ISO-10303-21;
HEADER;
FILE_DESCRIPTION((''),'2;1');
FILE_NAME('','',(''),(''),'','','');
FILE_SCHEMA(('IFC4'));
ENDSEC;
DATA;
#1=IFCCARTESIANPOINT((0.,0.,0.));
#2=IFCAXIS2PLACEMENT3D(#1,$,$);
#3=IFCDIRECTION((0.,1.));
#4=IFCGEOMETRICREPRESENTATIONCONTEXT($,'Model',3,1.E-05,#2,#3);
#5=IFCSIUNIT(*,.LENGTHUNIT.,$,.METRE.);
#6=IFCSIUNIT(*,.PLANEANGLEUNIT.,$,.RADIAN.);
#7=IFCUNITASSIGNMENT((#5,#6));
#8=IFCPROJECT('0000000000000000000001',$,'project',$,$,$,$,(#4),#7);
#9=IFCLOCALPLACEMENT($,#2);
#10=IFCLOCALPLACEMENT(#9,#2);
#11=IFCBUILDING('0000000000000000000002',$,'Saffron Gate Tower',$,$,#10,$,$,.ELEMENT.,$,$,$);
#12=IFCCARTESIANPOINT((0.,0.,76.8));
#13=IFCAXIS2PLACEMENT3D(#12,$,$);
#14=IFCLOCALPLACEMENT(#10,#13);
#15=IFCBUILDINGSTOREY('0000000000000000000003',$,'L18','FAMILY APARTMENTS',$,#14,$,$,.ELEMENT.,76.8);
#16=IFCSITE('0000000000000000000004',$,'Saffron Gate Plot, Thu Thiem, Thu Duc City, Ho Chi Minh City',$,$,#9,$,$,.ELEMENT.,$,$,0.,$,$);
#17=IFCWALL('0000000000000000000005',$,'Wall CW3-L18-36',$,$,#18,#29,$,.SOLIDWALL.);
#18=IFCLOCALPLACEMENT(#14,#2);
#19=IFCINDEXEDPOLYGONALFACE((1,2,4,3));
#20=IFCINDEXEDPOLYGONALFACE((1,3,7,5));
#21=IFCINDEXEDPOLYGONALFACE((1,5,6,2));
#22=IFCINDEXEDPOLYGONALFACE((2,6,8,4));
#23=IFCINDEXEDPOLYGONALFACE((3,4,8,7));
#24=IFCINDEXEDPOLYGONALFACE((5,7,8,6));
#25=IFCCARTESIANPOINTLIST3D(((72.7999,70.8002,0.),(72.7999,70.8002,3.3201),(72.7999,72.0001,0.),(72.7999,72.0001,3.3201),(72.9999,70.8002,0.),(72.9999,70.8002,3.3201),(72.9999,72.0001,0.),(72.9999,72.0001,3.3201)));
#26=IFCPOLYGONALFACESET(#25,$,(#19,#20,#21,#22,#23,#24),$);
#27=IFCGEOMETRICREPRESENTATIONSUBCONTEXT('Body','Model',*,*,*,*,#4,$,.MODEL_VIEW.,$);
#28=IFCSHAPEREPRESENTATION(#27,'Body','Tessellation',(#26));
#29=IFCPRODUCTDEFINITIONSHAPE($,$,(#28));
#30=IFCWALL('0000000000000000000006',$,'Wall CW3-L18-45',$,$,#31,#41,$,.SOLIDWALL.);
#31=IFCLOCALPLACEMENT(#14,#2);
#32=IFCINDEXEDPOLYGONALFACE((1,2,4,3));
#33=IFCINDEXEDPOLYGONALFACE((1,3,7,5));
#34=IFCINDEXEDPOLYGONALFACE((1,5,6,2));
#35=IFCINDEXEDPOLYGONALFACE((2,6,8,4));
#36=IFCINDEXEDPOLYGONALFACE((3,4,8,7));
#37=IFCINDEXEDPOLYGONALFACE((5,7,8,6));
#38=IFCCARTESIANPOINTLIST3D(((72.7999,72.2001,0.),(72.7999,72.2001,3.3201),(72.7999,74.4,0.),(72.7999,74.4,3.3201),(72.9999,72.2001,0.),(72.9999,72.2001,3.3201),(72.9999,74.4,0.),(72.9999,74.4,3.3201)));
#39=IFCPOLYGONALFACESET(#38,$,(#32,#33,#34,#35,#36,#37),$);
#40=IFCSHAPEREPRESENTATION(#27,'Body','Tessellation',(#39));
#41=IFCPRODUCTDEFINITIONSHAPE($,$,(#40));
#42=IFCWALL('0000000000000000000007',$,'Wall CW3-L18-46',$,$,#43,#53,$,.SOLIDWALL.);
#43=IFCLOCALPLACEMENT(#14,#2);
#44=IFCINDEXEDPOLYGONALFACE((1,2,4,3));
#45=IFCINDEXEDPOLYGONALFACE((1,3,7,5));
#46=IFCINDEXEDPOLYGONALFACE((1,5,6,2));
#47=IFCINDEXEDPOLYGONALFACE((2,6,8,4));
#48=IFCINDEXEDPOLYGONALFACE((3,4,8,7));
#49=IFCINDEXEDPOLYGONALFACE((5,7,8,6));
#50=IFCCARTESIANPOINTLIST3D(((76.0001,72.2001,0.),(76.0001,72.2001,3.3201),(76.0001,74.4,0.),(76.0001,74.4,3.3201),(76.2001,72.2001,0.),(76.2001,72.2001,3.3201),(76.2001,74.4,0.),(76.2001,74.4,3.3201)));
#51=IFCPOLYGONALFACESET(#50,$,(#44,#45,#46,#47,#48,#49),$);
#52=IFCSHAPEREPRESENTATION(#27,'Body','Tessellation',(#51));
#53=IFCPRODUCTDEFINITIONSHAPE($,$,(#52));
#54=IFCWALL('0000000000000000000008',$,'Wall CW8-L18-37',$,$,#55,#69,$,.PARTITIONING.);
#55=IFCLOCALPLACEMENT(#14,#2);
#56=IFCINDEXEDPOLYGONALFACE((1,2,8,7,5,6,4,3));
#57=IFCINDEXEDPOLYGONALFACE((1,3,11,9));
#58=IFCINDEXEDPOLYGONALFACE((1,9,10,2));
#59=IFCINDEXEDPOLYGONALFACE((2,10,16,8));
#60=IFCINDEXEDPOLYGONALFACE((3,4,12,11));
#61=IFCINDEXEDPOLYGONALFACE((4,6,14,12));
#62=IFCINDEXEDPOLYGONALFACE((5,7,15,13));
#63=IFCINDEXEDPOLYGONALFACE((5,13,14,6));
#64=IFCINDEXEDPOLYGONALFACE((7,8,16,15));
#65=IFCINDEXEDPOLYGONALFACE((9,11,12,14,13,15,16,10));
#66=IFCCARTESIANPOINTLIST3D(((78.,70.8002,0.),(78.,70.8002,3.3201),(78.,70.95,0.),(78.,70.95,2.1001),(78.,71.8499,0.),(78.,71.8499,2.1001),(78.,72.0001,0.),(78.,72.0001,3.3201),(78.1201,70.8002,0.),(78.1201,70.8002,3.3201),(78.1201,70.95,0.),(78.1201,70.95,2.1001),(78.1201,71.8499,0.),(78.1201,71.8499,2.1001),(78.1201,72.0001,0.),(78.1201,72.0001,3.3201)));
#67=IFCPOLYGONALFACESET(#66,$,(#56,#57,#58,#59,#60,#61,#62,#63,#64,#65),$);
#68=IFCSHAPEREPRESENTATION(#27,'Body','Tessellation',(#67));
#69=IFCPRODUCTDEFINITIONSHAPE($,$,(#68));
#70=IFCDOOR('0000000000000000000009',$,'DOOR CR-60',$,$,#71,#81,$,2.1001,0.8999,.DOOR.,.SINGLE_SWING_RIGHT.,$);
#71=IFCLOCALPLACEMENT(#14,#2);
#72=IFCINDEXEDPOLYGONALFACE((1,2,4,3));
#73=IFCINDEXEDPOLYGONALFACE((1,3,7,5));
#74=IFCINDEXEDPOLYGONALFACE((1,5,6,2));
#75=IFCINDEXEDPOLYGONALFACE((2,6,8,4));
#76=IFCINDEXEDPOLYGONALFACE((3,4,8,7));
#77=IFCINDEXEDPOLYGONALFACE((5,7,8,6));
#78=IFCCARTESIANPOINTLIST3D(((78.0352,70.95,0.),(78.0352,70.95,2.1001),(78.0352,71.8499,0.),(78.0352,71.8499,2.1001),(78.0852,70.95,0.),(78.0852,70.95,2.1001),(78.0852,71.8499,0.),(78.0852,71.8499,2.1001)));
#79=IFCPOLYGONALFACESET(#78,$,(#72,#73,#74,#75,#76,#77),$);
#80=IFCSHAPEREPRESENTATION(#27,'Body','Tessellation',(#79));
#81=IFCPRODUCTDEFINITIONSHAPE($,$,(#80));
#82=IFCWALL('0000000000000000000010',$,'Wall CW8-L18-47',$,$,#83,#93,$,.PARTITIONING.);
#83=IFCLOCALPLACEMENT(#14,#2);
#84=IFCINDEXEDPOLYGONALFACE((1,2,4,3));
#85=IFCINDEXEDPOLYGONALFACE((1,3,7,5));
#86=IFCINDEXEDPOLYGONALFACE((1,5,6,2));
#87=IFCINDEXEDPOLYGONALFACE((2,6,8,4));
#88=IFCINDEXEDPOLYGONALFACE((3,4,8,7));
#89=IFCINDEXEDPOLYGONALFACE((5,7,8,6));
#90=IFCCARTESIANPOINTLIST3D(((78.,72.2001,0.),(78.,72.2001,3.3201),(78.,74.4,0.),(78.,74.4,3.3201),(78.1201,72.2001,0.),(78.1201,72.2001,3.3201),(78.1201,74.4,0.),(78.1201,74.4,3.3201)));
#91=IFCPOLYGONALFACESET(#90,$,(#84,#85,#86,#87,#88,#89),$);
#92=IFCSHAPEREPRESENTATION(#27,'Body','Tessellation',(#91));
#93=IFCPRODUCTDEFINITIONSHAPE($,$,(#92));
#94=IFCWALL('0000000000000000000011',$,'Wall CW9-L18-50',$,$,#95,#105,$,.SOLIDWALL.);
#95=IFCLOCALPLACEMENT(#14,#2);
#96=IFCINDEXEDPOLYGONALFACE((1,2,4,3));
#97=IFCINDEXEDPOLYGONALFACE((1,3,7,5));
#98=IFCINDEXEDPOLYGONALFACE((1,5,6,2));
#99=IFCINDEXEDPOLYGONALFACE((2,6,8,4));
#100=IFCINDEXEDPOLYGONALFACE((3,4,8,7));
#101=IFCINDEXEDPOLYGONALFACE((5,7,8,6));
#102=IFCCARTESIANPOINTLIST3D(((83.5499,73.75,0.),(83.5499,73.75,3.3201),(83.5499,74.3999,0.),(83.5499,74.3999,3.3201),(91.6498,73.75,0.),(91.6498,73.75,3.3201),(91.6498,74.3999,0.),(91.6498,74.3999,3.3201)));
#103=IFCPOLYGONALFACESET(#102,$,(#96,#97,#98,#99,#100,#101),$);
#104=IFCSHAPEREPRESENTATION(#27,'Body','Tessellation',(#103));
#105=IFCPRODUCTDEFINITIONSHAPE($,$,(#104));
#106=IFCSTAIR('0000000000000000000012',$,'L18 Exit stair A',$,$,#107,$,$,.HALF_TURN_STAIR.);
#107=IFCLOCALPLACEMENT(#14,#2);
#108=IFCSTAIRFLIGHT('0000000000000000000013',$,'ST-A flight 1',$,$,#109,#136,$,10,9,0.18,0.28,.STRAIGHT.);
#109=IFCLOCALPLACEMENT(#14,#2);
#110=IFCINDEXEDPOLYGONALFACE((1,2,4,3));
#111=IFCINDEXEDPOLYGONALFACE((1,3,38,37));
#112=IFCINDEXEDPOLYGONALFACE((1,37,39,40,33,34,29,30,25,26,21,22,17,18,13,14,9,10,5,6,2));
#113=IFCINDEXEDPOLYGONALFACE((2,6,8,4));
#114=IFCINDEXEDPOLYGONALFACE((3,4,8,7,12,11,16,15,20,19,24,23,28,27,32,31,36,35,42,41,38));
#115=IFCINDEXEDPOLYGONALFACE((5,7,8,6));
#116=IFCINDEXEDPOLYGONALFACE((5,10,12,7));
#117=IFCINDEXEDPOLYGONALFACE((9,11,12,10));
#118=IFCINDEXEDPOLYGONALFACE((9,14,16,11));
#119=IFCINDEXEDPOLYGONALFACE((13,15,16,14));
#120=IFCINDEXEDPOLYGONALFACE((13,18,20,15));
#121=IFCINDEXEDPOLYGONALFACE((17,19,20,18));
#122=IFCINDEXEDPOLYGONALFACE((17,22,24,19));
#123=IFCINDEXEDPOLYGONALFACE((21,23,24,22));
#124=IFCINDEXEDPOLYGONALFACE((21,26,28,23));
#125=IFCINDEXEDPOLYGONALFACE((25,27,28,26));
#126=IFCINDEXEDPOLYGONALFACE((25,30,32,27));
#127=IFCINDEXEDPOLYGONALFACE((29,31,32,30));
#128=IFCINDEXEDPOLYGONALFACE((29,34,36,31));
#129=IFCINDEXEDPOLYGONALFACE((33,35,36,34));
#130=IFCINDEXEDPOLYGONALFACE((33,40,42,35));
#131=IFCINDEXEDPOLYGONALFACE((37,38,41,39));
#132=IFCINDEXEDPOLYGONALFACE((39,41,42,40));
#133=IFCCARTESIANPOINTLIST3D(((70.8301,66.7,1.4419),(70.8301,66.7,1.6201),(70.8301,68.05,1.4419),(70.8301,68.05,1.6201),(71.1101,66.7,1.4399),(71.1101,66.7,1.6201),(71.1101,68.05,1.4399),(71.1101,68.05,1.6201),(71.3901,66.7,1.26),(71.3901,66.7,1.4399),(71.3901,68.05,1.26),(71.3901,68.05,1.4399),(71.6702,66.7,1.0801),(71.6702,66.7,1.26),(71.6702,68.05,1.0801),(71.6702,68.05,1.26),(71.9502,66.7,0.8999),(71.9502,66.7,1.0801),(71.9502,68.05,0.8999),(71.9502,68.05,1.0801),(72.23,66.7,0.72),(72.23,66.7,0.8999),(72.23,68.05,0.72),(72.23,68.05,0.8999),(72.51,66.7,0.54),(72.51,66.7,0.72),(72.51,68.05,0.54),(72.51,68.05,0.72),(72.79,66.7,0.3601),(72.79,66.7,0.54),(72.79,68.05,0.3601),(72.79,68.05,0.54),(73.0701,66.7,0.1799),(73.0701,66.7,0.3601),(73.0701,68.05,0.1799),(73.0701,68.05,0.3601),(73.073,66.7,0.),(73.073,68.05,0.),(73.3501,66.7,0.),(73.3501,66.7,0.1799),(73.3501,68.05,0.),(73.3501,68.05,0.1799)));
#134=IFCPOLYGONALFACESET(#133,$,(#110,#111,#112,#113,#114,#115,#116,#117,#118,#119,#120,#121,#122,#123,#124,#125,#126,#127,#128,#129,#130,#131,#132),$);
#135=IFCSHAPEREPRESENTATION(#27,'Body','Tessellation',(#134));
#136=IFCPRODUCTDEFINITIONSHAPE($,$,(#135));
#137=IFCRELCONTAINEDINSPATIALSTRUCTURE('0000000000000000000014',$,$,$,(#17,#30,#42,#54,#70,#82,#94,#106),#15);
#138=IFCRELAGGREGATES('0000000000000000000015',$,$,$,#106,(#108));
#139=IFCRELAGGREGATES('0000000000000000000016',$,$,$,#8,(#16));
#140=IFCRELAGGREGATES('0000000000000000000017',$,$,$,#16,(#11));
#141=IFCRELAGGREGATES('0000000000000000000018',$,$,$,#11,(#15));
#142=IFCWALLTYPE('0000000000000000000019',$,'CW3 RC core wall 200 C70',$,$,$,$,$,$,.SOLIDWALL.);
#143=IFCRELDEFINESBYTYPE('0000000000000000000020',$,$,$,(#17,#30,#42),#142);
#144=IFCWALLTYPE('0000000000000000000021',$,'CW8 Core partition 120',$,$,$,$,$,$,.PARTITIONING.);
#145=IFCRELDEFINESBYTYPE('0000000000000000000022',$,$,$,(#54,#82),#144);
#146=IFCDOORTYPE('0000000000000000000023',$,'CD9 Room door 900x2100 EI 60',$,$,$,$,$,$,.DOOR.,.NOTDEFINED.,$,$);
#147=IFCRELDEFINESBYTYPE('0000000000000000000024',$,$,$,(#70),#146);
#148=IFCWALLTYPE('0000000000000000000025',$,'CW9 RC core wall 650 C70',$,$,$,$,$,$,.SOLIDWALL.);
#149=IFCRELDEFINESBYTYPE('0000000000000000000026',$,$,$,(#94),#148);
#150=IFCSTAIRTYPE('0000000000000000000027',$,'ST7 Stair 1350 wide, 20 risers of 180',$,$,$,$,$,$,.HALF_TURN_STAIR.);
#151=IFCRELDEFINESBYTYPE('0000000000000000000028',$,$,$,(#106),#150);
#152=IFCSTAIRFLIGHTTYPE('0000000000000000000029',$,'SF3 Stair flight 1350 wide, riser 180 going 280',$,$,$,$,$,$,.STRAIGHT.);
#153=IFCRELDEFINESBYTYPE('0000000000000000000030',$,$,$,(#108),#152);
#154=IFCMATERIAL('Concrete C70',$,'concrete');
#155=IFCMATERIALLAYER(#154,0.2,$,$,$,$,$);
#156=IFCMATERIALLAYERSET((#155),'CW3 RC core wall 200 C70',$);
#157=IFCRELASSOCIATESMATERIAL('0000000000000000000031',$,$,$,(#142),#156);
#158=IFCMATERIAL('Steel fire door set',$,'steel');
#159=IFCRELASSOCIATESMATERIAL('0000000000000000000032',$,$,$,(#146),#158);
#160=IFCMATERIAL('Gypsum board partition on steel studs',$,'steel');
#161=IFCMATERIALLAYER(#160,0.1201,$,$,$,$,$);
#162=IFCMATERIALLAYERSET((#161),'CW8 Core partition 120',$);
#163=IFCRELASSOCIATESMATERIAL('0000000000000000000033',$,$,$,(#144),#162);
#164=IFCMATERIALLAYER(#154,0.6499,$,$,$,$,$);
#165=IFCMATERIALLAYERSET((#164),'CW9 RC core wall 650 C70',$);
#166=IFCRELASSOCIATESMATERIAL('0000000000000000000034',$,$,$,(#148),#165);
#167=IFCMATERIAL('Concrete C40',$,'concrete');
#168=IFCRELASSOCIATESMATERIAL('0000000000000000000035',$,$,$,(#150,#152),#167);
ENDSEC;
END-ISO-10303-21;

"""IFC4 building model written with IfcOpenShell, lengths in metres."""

from ifc_helpers import new_model, si_unit, direction, frame, frame_2d, origin, place, context, subcontext, project, spatial, polyline, rectangle, outline, extrude, material, layer, layer_set, type_object, element, fill, aggregate, save


model = new_model("IFC4")

# Units and contexts
model_context = context("Model", 3, precision=1e-05, world=origin(), true_north=direction((0.0, 1.0)))
body_context = subcontext(model_context, "Body", "Model", "MODEL_VIEW")
ifc_project = project(units=[si_unit("LENGTHUNIT", "METRE"), si_unit("PLANEANGLEUNIT", "RADIAN")], contexts=[model_context])

# Site, building, storey
site_placement = place(None, origin())
site = spatial("IfcSite", under=ifc_project, at=site_placement, Name="Saffron Gate Plot, Thu Thiem, Thu Duc City, Ho Chi Minh City", CompositionType="ELEMENT", RefElevation=0.0)
building_placement = place(site_placement, origin())
building = spatial("IfcBuilding", under=site, at=building_placement, Name="Saffron Gate Tower", CompositionType="ELEMENT")
storey_placement = place(building_placement, frame((0.0, 0.0, 76.8)))
storey = spatial("IfcBuildingStorey", under=building, at=storey_placement, Name="L18", Description="FAMILY APARTMENTS", CompositionType="ELEMENT", Elevation=76.8)

# Shared definitions
ifc_material_1 = material(Name="Concrete C70", Category="concrete")

# Shared definitions
ifc_layer_1 = layer(ifc_material_1, 0.2)
ifc_layer_set_1 = layer_set([ifc_layer_1], Name="CW3 RC core wall 200 C70")
wall_type_1 = type_object("IfcWallType", Name="CW3 RC core wall 200 C70", PredefinedType="SOLIDWALL", material=ifc_layer_set_1)
ifc_material_2 = material(Name="Steel fire door set", Category="steel")
door_type_1 = type_object("IfcDoorType", Name="CD9 Room door 900x2100 EI 60", OperationType="NOTDEFINED", PredefinedType="DOOR", material=ifc_material_2)

# Walls
wall_1_placement = place(storey_placement, frame((72.8999, 70.8, 0.0), z_axis=(0.0, 0.0, 1.0), x_axis=(0.0, 1.0, 0.0)))
element("IfcWall", 1, at=wall_1_placement, inside=storey, type_object=wall_type_1, Name="Wall CW3-L18-36", PredefinedType="SOLIDWALL", context=body_context, shape_type="SweptSolid", body=[
    extrude(rectangle(XDim=1.2, YDim=0.2, at=frame_2d((0.6001, 0.0))), origin(), (0.0, 0.0, 1.0), 3.3201),
])
for number, where, z_axis, x_axis, name in (
    (2, (72.8999, 72.2, 0.0), (0.0, 0.0, 1.0), (0.0, 1.0, 0.0), "Wall CW3-L18-45"),
    (3, (76.1001, 72.2, 0.0), (0.0, 0.0, 1.0), (0.0, 1.0, 0.0), "Wall CW3-L18-46"),
):
    element("IfcWall", number, at=place(storey_placement, frame(where, z_axis=z_axis, x_axis=x_axis)), inside=storey, type_object=wall_type_1, Name=name, PredefinedType="SOLIDWALL", context=body_context, shape_type="SweptSolid", body=[
        extrude(rectangle(XDim=2.2, YDim=0.2, at=frame_2d((1.1001, 0.0))), origin(), (0.0, 0.0, 1.0), 3.3201),
    ])

# Wall, opening, door
ifc_material_3 = material(Name="Gypsum board partition on steel studs", Category="steel")
ifc_layer_2 = layer(ifc_material_3, 0.1201)
ifc_layer_set_2 = layer_set([ifc_layer_2], Name="CW8 Core partition 120")
wall_type_2 = type_object("IfcWallType", Name="CW8 Core partition 120", PredefinedType="PARTITIONING", material=ifc_layer_set_2)
wall_2_placement = place(storey_placement, frame((78.0601, 70.8, 0.0), z_axis=(0.0, 0.0, 1.0), x_axis=(0.0, 1.0, 0.0)))
wall_2 = element("IfcWall", 4, at=wall_2_placement, inside=storey, type_object=wall_type_2, Name="Wall CW8-L18-37", PredefinedType="PARTITIONING", context=body_context, shape_type="SweptSolid", body=[
    extrude(rectangle(XDim=1.2, YDim=0.1201, at=frame_2d((0.6001, 0.0))), origin(), (0.0, 0.0, 1.0), 3.3201),
])
opening_1_placement = place(wall_2_placement, frame((0.1499, 0.0, 0.0)))
opening_1 = element("IfcOpeningElement", 5, at=opening_1_placement, cuts=wall_2, PredefinedType="OPENING", context=body_context, shape_type="SweptSolid", body=[
    extrude(rectangle(XDim=0.8999, YDim=2.1001, at=frame_2d((0.45, 1.05))), frame((0.0, 0.0701, 0.0), z_axis=(0.0, -1.0, 0.0), x_axis=(1.0, 0.0, 0.0)), (0.0, 0.0, 1.0), 0.1401),
])
door_1_placement = place(opening_1_placement, origin())
door_1 = element("IfcDoor", 6, at=door_1_placement, inside=storey, type_object=door_type_1, Name="DOOR CR-60", OperationType="SINGLE_SWING_RIGHT", OverallHeight=2.1001, OverallWidth=0.8999, PredefinedType="DOOR", context=body_context, shape_type="SweptSolid", body=[
    extrude(rectangle(XDim=0.8999, YDim=2.1001, at=frame_2d((0.45, 1.05))), frame((0.0, 0.0249, 0.0), z_axis=(0.0, -1.0, 0.0), x_axis=(1.0, 0.0, 0.0)), (0.0, 0.0, 1.0), 0.05),
])
fill(opening_1, door_1)

# Walls
wall_3_placement = place(storey_placement, frame((78.0601, 72.2, 0.0), z_axis=(0.0, 0.0, 1.0), x_axis=(0.0, 1.0, 0.0)))
element("IfcWall", 7, at=wall_3_placement, inside=storey, type_object=wall_type_2, Name="Wall CW8-L18-47", PredefinedType="PARTITIONING", context=body_context, shape_type="SweptSolid", body=[
    extrude(rectangle(XDim=2.2, YDim=0.1201, at=frame_2d((1.1001, 0.0))), origin(), (0.0, 0.0, 1.0), 3.3201),
])
ifc_layer_3 = layer(ifc_material_1, 0.6499)
ifc_layer_set_3 = layer_set([ifc_layer_3], Name="CW9 RC core wall 650 C70")
wall_type_3 = type_object("IfcWallType", Name="CW9 RC core wall 650 C70", PredefinedType="SOLIDWALL", material=ifc_layer_set_3)
wall_4_placement = place(storey_placement, frame((83.55, 74.075, 0.0), z_axis=(0.0, 0.0, 1.0), x_axis=(1.0, 0.0, 0.0)))
element("IfcWall", 8, at=wall_4_placement, inside=storey, type_object=wall_type_3, Name="Wall CW9-L18-50", PredefinedType="SOLIDWALL", context=body_context, shape_type="SweptSolid", body=[
    extrude(rectangle(XDim=8.0999, YDim=0.6499, at=frame_2d((4.0498, 0.0))), origin(), (0.0, 0.0, 1.0), 3.3201),
])

# Stair, stair flight
ifc_material_4 = material(Name="Concrete C40", Category="concrete")
stair_type = type_object("IfcStairType", Name="ST7 Stair 1350 wide, 20 risers of 180", PredefinedType="HALF_TURN_STAIR", material=ifc_material_4)
stair_placement = place(storey_placement, origin())
stair = element("IfcStair", 9, at=stair_placement, inside=storey, type_object=stair_type, Name="L18 Exit stair A", PredefinedType="HALF_TURN_STAIR")
stair_flight_type = type_object("IfcStairFlightType", Name="SF3 Stair flight 1350 wide, riser 180 going 280", PredefinedType="STRAIGHT", material=ifc_material_4)
stair_flight_placement = place(storey_placement, frame((73.3501, 67.375, 0.0), z_axis=(0.0, 0.0, 1.0), x_axis=(-1.0, 0.0, 0.0)))
stair_flight = element("IfcStairFlight", 10, at=stair_flight_placement, type_object=stair_flight_type, Name="ST-A flight 1", NumberOfRisers=10, NumberOfTreads=9, PredefinedType="STRAIGHT", RiserHeight=0.18, TreadLength=0.28, context=body_context, shape_type="SweptSolid", body=[
    extrude(outline(polyline([(0.0, 0.0), (0.0, 0.1799), (0.28, 0.1799), (0.28, 0.3601), (0.5601, 0.3601), (0.5601, 0.54), (0.8401, 0.54), (0.8401, 0.72), (1.1201, 0.72), (1.1201, 0.8999), (1.3999, 0.8999), (1.3999, 1.0801), (1.6799, 1.0801), (1.6799, 1.26), (1.96, 1.26), (1.96, 1.4399), (2.24, 1.4399), (2.24, 1.6201), (2.52, 1.6201), (2.52, 1.8), (2.52, 1.4419), (0.2771, 0.0), (0.0, 0.0)])), frame((0.0, 0.675, 0.0), z_axis=(0.0, -1.0, 0.0), x_axis=(1.0, 0.0, 0.0)), (0.0, 0.0, 1.0), 1.3501),
])
aggregate(stair, [stair_flight])

save(model, "model.ifc")
